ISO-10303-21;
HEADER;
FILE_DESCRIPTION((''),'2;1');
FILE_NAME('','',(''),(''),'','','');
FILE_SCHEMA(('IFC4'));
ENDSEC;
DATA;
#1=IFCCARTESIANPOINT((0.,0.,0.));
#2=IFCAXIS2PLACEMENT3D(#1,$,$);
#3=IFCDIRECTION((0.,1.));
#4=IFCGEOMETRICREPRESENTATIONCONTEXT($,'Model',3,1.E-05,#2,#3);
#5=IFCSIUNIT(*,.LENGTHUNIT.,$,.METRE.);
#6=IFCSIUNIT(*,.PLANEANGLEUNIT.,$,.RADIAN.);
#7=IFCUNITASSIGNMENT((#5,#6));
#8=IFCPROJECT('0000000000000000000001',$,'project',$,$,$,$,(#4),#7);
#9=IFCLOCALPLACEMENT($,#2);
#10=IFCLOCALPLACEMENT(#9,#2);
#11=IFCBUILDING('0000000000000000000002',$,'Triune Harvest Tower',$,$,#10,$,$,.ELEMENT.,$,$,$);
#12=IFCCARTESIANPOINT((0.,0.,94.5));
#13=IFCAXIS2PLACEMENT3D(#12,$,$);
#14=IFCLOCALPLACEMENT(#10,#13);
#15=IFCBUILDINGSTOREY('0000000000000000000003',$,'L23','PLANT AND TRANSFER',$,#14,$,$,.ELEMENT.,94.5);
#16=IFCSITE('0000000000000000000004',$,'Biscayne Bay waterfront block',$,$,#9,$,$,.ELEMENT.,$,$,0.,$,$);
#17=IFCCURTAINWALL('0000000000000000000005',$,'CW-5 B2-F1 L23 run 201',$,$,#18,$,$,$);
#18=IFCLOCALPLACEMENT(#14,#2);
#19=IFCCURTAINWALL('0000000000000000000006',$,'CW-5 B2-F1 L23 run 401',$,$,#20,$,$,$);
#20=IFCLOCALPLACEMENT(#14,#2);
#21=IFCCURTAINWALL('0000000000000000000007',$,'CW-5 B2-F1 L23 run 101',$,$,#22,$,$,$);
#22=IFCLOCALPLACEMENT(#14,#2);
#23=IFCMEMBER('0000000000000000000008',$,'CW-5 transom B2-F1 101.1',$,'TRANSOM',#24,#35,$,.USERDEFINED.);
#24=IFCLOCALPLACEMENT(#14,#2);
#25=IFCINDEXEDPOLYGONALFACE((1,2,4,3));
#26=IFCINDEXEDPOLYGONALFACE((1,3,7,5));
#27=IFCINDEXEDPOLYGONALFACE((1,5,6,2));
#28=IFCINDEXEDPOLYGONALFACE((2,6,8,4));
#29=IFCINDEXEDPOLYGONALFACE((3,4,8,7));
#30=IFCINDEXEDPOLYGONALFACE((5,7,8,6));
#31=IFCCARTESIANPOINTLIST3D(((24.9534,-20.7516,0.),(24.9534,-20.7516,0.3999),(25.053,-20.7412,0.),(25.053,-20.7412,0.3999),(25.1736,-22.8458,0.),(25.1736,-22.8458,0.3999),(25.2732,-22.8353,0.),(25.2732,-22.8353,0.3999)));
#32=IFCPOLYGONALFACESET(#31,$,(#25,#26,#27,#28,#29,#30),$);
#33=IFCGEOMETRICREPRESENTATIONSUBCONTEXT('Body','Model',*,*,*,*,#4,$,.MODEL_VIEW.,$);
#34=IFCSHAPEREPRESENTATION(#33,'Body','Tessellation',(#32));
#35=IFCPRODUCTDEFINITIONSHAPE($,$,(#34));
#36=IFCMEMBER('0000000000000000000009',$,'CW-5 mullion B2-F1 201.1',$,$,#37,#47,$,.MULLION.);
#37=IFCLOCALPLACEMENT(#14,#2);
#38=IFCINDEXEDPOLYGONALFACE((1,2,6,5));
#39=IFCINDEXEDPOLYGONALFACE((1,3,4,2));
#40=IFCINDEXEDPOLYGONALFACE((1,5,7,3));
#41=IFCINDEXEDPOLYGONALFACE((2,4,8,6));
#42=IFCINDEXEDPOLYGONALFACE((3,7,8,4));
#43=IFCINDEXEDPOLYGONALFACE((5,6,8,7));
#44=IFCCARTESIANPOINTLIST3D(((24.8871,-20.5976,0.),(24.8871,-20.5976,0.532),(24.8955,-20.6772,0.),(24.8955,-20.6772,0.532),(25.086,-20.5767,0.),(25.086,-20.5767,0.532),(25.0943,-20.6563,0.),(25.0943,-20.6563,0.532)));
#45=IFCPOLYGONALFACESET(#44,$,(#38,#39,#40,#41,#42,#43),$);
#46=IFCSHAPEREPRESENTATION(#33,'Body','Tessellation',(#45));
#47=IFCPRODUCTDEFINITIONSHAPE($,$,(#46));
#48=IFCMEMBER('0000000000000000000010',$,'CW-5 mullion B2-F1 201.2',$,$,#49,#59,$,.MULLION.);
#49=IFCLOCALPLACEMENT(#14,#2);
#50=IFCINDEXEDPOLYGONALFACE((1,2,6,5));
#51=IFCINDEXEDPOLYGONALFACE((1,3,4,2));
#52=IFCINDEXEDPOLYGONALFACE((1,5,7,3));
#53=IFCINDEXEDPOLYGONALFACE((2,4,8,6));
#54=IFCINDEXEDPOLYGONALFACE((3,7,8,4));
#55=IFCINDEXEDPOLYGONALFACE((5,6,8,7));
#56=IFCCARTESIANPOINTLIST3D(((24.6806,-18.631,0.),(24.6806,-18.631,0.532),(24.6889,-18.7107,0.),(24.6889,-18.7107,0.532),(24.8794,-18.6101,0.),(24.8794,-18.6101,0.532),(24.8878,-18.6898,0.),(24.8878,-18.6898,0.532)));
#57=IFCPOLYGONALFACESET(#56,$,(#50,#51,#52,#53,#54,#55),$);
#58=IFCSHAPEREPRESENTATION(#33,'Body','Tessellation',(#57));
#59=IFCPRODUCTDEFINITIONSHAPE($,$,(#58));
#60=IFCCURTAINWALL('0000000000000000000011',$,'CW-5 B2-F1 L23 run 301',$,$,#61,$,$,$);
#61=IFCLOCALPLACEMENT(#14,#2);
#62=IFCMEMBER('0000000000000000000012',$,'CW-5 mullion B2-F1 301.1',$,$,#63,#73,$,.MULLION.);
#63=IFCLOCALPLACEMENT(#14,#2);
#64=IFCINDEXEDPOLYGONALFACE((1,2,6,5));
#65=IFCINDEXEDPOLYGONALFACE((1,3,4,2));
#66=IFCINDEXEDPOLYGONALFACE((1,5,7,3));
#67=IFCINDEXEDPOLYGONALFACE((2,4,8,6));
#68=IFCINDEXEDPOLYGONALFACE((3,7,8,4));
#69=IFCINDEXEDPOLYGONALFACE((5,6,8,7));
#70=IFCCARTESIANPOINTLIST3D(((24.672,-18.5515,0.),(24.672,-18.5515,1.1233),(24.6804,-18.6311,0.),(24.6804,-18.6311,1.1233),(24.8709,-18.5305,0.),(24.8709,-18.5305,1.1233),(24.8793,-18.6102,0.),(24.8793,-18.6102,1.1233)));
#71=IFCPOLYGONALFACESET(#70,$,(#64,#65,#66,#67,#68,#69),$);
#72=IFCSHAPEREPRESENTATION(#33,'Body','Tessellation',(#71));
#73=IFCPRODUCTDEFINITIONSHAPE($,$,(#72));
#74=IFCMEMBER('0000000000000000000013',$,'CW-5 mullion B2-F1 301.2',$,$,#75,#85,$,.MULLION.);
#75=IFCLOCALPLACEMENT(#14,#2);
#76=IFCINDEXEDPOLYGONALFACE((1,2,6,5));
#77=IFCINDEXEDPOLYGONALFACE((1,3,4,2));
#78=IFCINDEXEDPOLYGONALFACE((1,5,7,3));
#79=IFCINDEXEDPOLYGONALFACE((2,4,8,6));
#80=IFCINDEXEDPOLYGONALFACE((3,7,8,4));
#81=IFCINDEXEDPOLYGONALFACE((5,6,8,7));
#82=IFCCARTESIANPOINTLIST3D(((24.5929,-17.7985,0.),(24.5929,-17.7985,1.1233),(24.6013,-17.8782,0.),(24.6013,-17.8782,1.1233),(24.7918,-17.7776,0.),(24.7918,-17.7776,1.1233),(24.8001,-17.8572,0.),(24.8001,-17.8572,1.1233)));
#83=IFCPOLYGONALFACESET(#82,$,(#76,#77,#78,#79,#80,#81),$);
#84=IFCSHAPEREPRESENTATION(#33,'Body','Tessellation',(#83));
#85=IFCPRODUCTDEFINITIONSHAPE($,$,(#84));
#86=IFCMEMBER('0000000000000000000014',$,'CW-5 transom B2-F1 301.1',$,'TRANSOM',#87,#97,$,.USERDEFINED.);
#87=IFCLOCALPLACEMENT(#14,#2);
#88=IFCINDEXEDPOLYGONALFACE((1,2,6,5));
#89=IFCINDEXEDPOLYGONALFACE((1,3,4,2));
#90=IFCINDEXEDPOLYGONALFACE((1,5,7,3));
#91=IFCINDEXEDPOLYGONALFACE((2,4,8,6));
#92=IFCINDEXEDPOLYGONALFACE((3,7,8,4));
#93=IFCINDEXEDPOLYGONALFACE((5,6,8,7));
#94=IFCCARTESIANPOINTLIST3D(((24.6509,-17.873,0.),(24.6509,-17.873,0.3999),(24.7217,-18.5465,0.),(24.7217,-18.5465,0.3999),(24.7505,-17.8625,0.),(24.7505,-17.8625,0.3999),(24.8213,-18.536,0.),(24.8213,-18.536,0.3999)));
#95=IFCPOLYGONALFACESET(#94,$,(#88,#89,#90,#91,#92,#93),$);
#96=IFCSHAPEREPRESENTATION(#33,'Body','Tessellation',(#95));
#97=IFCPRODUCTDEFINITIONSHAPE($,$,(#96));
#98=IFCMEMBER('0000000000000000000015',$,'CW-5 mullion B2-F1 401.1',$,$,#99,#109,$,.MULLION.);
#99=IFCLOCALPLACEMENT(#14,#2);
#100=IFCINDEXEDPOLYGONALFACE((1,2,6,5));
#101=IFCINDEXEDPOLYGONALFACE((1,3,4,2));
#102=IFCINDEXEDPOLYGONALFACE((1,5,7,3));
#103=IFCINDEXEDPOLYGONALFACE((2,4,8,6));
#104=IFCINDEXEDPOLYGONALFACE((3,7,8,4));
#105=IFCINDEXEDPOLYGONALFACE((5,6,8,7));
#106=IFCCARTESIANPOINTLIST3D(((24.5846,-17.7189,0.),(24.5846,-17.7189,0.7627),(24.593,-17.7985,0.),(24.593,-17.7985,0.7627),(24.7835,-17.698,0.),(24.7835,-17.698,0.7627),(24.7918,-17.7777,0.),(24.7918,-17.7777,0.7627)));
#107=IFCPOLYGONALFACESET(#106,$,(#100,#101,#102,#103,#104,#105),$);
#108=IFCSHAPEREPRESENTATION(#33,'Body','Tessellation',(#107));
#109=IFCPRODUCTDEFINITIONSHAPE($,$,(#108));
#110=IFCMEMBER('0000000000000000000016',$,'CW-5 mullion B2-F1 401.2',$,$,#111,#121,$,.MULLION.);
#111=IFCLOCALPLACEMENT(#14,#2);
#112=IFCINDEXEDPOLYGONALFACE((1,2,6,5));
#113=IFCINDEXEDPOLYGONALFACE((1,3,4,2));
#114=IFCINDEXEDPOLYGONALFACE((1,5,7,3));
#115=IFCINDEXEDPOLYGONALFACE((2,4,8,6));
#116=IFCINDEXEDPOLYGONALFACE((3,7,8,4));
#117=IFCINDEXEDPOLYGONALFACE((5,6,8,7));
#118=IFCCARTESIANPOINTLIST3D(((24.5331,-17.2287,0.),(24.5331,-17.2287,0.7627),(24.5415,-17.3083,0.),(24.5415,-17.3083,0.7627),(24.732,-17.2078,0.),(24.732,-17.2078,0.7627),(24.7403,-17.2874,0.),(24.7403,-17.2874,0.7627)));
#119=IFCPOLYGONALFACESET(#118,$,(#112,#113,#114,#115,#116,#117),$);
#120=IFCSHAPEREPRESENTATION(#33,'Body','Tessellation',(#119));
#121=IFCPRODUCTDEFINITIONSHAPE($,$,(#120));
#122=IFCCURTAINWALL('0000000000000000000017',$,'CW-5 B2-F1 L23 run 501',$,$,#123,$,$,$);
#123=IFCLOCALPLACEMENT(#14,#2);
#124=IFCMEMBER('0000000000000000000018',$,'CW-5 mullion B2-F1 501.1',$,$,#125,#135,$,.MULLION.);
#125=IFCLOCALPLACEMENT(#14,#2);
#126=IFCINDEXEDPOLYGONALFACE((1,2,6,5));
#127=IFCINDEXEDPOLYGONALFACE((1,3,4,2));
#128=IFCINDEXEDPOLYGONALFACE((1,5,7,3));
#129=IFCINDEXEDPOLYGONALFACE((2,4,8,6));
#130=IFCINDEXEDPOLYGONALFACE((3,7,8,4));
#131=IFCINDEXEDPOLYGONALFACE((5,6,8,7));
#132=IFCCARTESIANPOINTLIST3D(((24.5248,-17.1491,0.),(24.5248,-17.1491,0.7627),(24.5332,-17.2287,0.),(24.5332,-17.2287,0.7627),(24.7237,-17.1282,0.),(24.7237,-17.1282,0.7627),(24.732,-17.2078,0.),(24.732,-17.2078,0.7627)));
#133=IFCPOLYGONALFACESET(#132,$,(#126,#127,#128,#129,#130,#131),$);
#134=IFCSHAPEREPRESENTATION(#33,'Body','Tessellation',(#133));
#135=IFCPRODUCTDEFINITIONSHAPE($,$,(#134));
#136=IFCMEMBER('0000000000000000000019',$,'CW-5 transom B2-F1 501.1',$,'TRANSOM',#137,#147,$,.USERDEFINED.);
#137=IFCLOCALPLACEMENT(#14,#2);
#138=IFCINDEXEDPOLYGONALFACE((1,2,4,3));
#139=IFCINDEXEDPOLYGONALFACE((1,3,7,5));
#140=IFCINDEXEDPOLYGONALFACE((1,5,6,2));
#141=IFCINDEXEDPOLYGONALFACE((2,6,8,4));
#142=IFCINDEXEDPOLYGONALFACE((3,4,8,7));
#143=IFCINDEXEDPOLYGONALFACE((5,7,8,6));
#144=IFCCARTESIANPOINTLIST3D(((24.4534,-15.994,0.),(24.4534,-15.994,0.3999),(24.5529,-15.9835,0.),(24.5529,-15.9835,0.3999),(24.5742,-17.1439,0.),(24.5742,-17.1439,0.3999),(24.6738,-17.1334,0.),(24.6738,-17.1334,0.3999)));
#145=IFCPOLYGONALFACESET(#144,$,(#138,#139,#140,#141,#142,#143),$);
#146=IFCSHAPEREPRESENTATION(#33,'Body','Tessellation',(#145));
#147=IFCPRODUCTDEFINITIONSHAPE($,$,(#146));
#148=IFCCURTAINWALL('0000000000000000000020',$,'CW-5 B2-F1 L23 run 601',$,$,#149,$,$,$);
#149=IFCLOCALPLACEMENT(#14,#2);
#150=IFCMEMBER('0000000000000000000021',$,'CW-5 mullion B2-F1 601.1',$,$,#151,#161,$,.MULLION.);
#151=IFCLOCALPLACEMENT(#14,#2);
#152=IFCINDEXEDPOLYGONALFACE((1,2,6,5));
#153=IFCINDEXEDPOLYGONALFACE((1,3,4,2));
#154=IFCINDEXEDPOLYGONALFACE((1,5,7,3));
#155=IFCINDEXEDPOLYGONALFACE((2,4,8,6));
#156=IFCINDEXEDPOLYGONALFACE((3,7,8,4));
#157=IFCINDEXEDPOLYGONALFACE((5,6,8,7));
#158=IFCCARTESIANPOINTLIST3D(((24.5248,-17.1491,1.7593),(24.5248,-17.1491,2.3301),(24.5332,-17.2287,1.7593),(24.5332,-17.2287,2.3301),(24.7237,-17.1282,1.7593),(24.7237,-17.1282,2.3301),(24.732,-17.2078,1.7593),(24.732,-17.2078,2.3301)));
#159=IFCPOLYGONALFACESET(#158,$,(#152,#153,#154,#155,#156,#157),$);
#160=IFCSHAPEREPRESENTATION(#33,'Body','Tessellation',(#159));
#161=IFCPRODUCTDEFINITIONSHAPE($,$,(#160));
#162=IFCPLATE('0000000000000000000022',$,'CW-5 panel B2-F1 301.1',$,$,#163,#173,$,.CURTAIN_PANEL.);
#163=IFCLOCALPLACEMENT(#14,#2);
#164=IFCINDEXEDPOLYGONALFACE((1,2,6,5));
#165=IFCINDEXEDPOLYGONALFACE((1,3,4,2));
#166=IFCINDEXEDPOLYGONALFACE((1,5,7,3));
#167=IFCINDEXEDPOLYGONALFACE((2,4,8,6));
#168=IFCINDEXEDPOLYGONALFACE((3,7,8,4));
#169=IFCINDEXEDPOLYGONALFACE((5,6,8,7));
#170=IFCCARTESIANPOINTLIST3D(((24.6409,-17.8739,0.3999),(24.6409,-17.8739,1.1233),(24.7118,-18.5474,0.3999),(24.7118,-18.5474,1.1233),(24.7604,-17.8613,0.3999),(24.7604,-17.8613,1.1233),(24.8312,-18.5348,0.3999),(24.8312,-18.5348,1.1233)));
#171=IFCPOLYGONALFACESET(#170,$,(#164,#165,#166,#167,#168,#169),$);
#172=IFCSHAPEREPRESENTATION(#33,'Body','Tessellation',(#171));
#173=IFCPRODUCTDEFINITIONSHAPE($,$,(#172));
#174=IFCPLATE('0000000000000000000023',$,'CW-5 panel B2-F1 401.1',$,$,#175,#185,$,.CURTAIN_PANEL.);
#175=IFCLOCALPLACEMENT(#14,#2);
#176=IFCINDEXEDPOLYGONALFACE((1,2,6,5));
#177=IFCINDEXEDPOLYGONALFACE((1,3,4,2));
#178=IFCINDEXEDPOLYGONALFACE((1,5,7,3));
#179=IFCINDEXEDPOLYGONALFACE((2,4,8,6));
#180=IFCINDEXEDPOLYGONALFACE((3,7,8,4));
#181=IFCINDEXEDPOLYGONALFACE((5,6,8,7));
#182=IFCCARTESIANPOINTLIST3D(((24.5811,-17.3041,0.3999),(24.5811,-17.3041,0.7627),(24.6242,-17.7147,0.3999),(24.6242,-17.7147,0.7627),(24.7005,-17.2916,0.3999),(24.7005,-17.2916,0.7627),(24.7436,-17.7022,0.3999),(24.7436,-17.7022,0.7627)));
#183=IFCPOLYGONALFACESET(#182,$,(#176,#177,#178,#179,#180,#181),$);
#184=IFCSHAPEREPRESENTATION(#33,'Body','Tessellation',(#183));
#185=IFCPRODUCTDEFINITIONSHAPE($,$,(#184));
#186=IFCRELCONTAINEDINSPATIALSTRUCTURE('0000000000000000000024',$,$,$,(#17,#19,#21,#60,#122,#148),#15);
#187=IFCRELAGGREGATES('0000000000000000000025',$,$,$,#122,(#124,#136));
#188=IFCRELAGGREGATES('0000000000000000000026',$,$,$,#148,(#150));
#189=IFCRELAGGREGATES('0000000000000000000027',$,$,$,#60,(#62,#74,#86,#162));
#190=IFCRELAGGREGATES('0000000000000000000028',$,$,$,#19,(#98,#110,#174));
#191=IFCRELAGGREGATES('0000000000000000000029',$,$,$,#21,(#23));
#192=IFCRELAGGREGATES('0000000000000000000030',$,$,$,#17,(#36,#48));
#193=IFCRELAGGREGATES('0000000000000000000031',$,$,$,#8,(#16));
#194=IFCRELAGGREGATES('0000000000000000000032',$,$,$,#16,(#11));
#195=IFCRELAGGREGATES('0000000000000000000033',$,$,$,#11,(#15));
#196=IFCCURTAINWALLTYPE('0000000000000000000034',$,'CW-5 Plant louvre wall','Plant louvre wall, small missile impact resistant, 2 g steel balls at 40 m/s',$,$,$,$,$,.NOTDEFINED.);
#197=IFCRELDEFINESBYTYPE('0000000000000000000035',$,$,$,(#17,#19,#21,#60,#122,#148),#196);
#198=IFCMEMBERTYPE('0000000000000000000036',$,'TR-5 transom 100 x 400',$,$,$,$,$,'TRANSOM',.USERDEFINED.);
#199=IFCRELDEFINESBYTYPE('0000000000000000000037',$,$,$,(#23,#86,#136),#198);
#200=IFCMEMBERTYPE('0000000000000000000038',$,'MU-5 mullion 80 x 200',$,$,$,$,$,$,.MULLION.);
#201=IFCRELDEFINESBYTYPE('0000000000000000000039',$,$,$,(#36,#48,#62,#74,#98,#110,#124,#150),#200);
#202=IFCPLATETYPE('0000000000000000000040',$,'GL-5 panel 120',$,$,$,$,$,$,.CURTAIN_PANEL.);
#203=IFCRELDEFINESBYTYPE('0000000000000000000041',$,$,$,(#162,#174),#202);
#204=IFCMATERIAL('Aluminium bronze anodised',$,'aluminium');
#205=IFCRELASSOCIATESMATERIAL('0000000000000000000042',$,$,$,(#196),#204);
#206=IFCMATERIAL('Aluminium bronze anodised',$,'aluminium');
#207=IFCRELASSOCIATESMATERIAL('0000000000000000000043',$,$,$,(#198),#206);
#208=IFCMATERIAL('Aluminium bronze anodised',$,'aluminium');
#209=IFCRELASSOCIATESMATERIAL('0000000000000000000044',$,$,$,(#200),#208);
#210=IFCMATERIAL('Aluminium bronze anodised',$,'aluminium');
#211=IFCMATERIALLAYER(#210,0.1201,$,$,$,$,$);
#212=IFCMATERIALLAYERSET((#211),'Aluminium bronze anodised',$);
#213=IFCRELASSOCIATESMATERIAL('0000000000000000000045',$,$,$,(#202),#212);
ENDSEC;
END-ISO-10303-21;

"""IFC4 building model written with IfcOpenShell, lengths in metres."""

from ifc_helpers import new_model, si_unit, direction, frame, origin, origin_2d, place, context, subcontext, project, spatial, rectangle, extrude, source, transform, mapped, material, layer, layer_set, material_profile, profile_set, type_object, element, aggregate, save


model = new_model("IFC4")

# Units and contexts
model_context = context("Model", 3, precision=1e-05, world=origin(), true_north=direction((0.0, 1.0)))
body_context = subcontext(model_context, "Body", "Model", "MODEL_VIEW")
ifc_project = project(units=[si_unit("LENGTHUNIT", "METRE"), si_unit("PLANEANGLEUNIT", "RADIAN")], contexts=[model_context])

# Site, building, storey
site_placement = place(None, origin())
site = spatial("IfcSite", under=ifc_project, at=site_placement, Name="Biscayne Bay waterfront block", CompositionType="ELEMENT", RefElevation=0.0)
building_placement = place(site_placement, origin())
building = spatial("IfcBuilding", under=site, at=building_placement, Name="Triune Harvest Tower", CompositionType="ELEMENT")
storey_placement = place(building_placement, frame((0.0, 0.0, 94.5)))
storey = spatial("IfcBuildingStorey", under=building, at=storey_placement, Name="L23", Description="PLANT AND TRANSFER", CompositionType="ELEMENT", Elevation=94.5)

# Curtain walls
ifc_material_1 = material(Name="Aluminium bronze anodised", Category="aluminium")
curtain_wall_type = type_object("IfcCurtainWallType", Name="CW-5 Plant louvre wall", Description="Plant louvre wall, small missile impact resistant, 2 g steel balls at 40 m/s", PredefinedType="NOTDEFINED", material=ifc_material_1)
curtain_wall_1_placement = place(storey_placement, origin())
curtain_wall_1 = element("IfcCurtainWall", 1, at=curtain_wall_1_placement, inside=storey, type_object=curtain_wall_type, Name="CW-5 B2-F1 L23 run 201")
ifc_material_2 = material(Name="Aluminium bronze anodised", Category="aluminium")
ifc_material_profile_1 = material_profile(ifc_material_2, rectangle(XDim=0.1001, YDim=0.3999, at=origin_2d()), Name="TR-5 transom 100 x 400")
ifc_profile_set_1 = profile_set([ifc_material_profile_1], Name="Aluminium bronze anodised")
member_type_1 = type_object("IfcMemberType", Name="TR-5 transom 100 x 400", ElementType="TRANSOM", PredefinedType="USERDEFINED", material=ifc_profile_set_1)
curtain_wall_2_placement = place(storey_placement, origin())
curtain_wall_2 = element("IfcCurtainWall", 2, at=curtain_wall_2_placement, inside=storey, type_object=curtain_wall_type, Name="CW-5 B2-F1 L23 run 401")

# Curtain wall
curtain_wall_3_placement = place(storey_placement, origin())
curtain_wall_3 = element("IfcCurtainWall", 3, at=curtain_wall_3_placement, inside=storey, type_object=curtain_wall_type, Name="CW-5 B2-F1 L23 run 101")
ifc_material_3 = material(Name="Aluminium bronze anodised", Category="aluminium")
ifc_material_profile_2 = material_profile(ifc_material_3, rectangle(XDim=0.2, YDim=0.0801, at=origin_2d()), Name="MU-5 mullion 80 x 200")
ifc_profile_set_2 = profile_set([ifc_material_profile_2], Name="Aluminium bronze anodised")
member_type_2 = type_object("IfcMemberType", Name="MU-5 mullion 80 x 200", PredefinedType="MULLION", material=ifc_profile_set_2)

# Members
shared_shape_1 = source(origin(), body_context, "Body", "SweptSolid", [
    extrude(rectangle(XDim=0.1001, YDim=0.3999, at=origin_2d()), origin(), (0.0, 0.0, 1.0), 2.1057),
])
member_1_placement = place(storey_placement, frame((25.2234, -22.8406, 0.2), z_axis=(-0.104576, 0.994517, 0.0), x_axis=(-0.994517, -0.104576, 0.0)))
member_1 = element("IfcMember", 4, at=member_1_placement, type_object=member_type_1, Name="CW-5 transom B2-F1 101.1", ObjectType="TRANSOM", PredefinedType="USERDEFINED", context=body_context, shape_type="MappedRepresentation", body=[
    mapped(shared_shape_1, transform((0.0, 0.0, 0.0), scale=1.0)),
])
shared_shape_2 = source(origin(), body_context, "Body", "SweptSolid", [
    extrude(rectangle(XDim=0.2, YDim=0.0801, at=origin_2d()), origin(), (0.0, 0.0, 1.0), 0.532),
])
member_2_placement = place(storey_placement, frame((24.9907, -20.627, 0.0), z_axis=(0.0, 0.0, 1.0), x_axis=(-0.994524, -0.104508, 0.0)))
member_2 = element("IfcMember", 5, at=member_2_placement, type_object=member_type_2, Name="CW-5 mullion B2-F1 201.1", PredefinedType="MULLION", context=body_context, shape_type="MappedRepresentation", body=[
    mapped(shared_shape_2, transform((0.0, 0.0, 0.0), scale=1.0)),
])
member_3_placement = place(storey_placement, frame((24.7842, -18.6604, 0.0), z_axis=(0.0, 0.0, 1.0), x_axis=(-0.994524, -0.104508, 0.0)))
member_3 = element("IfcMember", 6, at=member_3_placement, type_object=member_type_2, Name="CW-5 mullion B2-F1 201.2", PredefinedType="MULLION", context=body_context, shape_type="MappedRepresentation", body=[
    mapped(shared_shape_2, transform((0.0, 0.0, 0.0), scale=1.0)),
])

# Curtain wall, members
curtain_wall_4_placement = place(storey_placement, origin())
curtain_wall_4 = element("IfcCurtainWall", 7, at=curtain_wall_4_placement, inside=storey, type_object=curtain_wall_type, Name="CW-5 B2-F1 L23 run 301")
shared_shape_3 = source(origin(), body_context, "Body", "SweptSolid", [
    extrude(rectangle(XDim=0.2, YDim=0.0801, at=origin_2d()), origin(), (0.0, 0.0, 1.0), 1.1233),
])
member_4_placement = place(storey_placement, frame((24.7756, -18.5808, 0.0), z_axis=(0.0, 0.0, 1.0), x_axis=(-0.994511, -0.104635, 0.0)))
member_4 = element("IfcMember", 8, at=member_4_placement, type_object=member_type_2, Name="CW-5 mullion B2-F1 301.1", PredefinedType="MULLION", context=body_context, shape_type="MappedRepresentation", body=[
    mapped(shared_shape_3, transform((0.0, 0.0, 0.0), scale=1.0)),
])
member_5_placement = place(storey_placement, frame((24.6965, -17.8279, 0.0), z_axis=(0.0, 0.0, 1.0), x_axis=(-0.994511, -0.104635, 0.0)))
member_5 = element("IfcMember", 9, at=member_5_placement, type_object=member_type_2, Name="CW-5 mullion B2-F1 301.2", PredefinedType="MULLION", context=body_context, shape_type="MappedRepresentation", body=[
    mapped(shared_shape_3, transform((0.0, 0.0, 0.0), scale=1.0)),
])
shared_shape_4 = source(origin(), body_context, "Body", "SweptSolid", [
    extrude(rectangle(XDim=0.1001, YDim=0.3999, at=origin_2d()), origin(), (0.0, 0.0, 1.0), 0.6772),
])
member_6_placement = place(storey_placement, frame((24.7715, -18.5413, 0.2), z_axis=(-0.104535, 0.994521, 0.0), x_axis=(-0.994521, -0.104535, 0.0)))
member_6 = element("IfcMember", 10, at=member_6_placement, type_object=member_type_1, Name="CW-5 transom B2-F1 301.1", ObjectType="TRANSOM", PredefinedType="USERDEFINED", context=body_context, shape_type="MappedRepresentation", body=[
    mapped(shared_shape_4, transform((0.0, 0.0, 0.0), scale=1.0)),
])

# Members
shared_shape_5 = source(origin(), body_context, "Body", "SweptSolid", [
    extrude(rectangle(XDim=0.2, YDim=0.0801, at=origin_2d()), origin(), (0.0, 0.0, 1.0), 0.7627),
])
member_7_placement = place(storey_placement, frame((24.6882, -17.7483, 0.0), z_axis=(0.0, 0.0, 1.0), x_axis=(-0.994538, -0.104376, 0.0)))
member_7 = element("IfcMember", 11, at=member_7_placement, type_object=member_type_2, Name="CW-5 mullion B2-F1 401.1", PredefinedType="MULLION", context=body_context, shape_type="MappedRepresentation", body=[
    mapped(shared_shape_5, transform((0.0, 0.0, 0.0), scale=1.0)),
])
member_8_placement = place(storey_placement, frame((24.6367, -17.2581, 0.0), z_axis=(0.0, 0.0, 1.0), x_axis=(-0.994538, -0.104376, 0.0)))
member_8 = element("IfcMember", 12, at=member_8_placement, type_object=member_type_2, Name="CW-5 mullion B2-F1 401.2", PredefinedType="MULLION", context=body_context, shape_type="MappedRepresentation", body=[
    mapped(shared_shape_5, transform((0.0, 0.0, 0.0), scale=1.0)),
])

# Curtain wall, members
curtain_wall_5_placement = place(storey_placement, origin())
curtain_wall_5 = element("IfcCurtainWall", 13, at=curtain_wall_5_placement, inside=storey, type_object=curtain_wall_type, Name="CW-5 B2-F1 L23 run 501")
member_9_placement = place(storey_placement, frame((24.6284, -17.1785, 0.0), z_axis=(0.0, 0.0, 1.0), x_axis=(-0.994521, -0.104535, 0.0)))
member_9 = element("IfcMember", 14, at=member_9_placement, type_object=member_type_2, Name="CW-5 mullion B2-F1 501.1", PredefinedType="MULLION", context=body_context, shape_type="MappedRepresentation", body=[
    mapped(shared_shape_5, transform((0.0, 0.0, 0.0), scale=1.0)),
])
shared_shape_6 = source(origin(), body_context, "Body", "SweptSolid", [
    extrude(rectangle(XDim=0.1001, YDim=0.3999, at=origin_2d()), origin(), (0.0, 0.0, 1.0), 1.1562),
])
member_10_placement = place(storey_placement, frame((24.624, -17.1387, 0.2), z_axis=(-0.10452, 0.994523, 0.0), x_axis=(-0.994523, -0.10452, 0.0)))
member_10 = element("IfcMember", 15, at=member_10_placement, type_object=member_type_1, Name="CW-5 transom B2-F1 501.1", ObjectType="TRANSOM", PredefinedType="USERDEFINED", context=body_context, shape_type="MappedRepresentation", body=[
    mapped(shared_shape_6, transform((0.0, 0.0, 0.0), scale=1.0)),
])
aggregate(curtain_wall_5, [member_9, member_10])

# Curtain wall, member
curtain_wall_6_placement = place(storey_placement, origin())
curtain_wall_6 = element("IfcCurtainWall", 16, at=curtain_wall_6_placement, inside=storey, type_object=curtain_wall_type, Name="CW-5 B2-F1 L23 run 601")
shared_shape_7 = source(origin(), body_context, "Body", "SweptSolid", [
    extrude(rectangle(XDim=0.2, YDim=0.0801, at=origin_2d()), origin(), (0.0, 0.0, 1.0), 0.5708),
])
member_11_placement = place(storey_placement, frame((24.6284, -17.1785, 1.7593), z_axis=(0.0, 0.0, 1.0), x_axis=(-0.994521, -0.104535, 0.0)))
member_11 = element("IfcMember", 17, at=member_11_placement, type_object=member_type_2, Name="CW-5 mullion B2-F1 601.1", PredefinedType="MULLION", context=body_context, shape_type="MappedRepresentation", body=[
    mapped(shared_shape_7, transform((0.0, 0.0, 0.0), scale=1.0)),
])
aggregate(curtain_wall_6, [member_11])

# Plates
ifc_material_4 = material(Name="Aluminium bronze anodised", Category="aluminium")
ifc_layer = layer(ifc_material_4, 0.1201)
ifc_layer_set = layer_set([ifc_layer], Name="Aluminium bronze anodised")
plate_type = type_object("IfcPlateType", Name="GL-5 panel 120", PredefinedType="CURTAIN_PANEL", material=ifc_layer_set)
plate_1_placement = place(storey_placement, frame((24.7361, -18.2043, 0.3999), z_axis=(0.0, 0.0, 1.0), x_axis=(-0.104635, 0.994511, 0.0)))
plate_1 = element("IfcPlate", 18, at=plate_1_placement, type_object=plate_type, Name="CW-5 panel B2-F1 301.1", PredefinedType="CURTAIN_PANEL", context=body_context, shape_type="SweptSolid", body=[
    extrude(rectangle(XDim=0.6772, YDim=0.1201, at=origin_2d()), origin(), (0.0, 0.0, 1.0), 0.7234),
])
aggregate(curtain_wall_4, [member_4, member_5, member_6, plate_1])
plate_2_placement = place(storey_placement, frame((24.6624, -17.5032, 0.3999), z_axis=(0.0, 0.0, 1.0), x_axis=(-0.104376, 0.994538, 0.0)))
plate_2 = element("IfcPlate", 19, at=plate_2_placement, type_object=plate_type, Name="CW-5 panel B2-F1 401.1", PredefinedType="CURTAIN_PANEL", context=body_context, shape_type="SweptSolid", body=[
    extrude(rectangle(XDim=0.4128, YDim=0.1201, at=origin_2d()), origin(), (0.0, 0.0, 1.0), 0.3628),
])
aggregate(curtain_wall_2, [member_7, member_8, plate_2])
aggregate(curtain_wall_3, [member_1])
aggregate(curtain_wall_1, [member_2, member_3])

save(model, "model.ifc")
